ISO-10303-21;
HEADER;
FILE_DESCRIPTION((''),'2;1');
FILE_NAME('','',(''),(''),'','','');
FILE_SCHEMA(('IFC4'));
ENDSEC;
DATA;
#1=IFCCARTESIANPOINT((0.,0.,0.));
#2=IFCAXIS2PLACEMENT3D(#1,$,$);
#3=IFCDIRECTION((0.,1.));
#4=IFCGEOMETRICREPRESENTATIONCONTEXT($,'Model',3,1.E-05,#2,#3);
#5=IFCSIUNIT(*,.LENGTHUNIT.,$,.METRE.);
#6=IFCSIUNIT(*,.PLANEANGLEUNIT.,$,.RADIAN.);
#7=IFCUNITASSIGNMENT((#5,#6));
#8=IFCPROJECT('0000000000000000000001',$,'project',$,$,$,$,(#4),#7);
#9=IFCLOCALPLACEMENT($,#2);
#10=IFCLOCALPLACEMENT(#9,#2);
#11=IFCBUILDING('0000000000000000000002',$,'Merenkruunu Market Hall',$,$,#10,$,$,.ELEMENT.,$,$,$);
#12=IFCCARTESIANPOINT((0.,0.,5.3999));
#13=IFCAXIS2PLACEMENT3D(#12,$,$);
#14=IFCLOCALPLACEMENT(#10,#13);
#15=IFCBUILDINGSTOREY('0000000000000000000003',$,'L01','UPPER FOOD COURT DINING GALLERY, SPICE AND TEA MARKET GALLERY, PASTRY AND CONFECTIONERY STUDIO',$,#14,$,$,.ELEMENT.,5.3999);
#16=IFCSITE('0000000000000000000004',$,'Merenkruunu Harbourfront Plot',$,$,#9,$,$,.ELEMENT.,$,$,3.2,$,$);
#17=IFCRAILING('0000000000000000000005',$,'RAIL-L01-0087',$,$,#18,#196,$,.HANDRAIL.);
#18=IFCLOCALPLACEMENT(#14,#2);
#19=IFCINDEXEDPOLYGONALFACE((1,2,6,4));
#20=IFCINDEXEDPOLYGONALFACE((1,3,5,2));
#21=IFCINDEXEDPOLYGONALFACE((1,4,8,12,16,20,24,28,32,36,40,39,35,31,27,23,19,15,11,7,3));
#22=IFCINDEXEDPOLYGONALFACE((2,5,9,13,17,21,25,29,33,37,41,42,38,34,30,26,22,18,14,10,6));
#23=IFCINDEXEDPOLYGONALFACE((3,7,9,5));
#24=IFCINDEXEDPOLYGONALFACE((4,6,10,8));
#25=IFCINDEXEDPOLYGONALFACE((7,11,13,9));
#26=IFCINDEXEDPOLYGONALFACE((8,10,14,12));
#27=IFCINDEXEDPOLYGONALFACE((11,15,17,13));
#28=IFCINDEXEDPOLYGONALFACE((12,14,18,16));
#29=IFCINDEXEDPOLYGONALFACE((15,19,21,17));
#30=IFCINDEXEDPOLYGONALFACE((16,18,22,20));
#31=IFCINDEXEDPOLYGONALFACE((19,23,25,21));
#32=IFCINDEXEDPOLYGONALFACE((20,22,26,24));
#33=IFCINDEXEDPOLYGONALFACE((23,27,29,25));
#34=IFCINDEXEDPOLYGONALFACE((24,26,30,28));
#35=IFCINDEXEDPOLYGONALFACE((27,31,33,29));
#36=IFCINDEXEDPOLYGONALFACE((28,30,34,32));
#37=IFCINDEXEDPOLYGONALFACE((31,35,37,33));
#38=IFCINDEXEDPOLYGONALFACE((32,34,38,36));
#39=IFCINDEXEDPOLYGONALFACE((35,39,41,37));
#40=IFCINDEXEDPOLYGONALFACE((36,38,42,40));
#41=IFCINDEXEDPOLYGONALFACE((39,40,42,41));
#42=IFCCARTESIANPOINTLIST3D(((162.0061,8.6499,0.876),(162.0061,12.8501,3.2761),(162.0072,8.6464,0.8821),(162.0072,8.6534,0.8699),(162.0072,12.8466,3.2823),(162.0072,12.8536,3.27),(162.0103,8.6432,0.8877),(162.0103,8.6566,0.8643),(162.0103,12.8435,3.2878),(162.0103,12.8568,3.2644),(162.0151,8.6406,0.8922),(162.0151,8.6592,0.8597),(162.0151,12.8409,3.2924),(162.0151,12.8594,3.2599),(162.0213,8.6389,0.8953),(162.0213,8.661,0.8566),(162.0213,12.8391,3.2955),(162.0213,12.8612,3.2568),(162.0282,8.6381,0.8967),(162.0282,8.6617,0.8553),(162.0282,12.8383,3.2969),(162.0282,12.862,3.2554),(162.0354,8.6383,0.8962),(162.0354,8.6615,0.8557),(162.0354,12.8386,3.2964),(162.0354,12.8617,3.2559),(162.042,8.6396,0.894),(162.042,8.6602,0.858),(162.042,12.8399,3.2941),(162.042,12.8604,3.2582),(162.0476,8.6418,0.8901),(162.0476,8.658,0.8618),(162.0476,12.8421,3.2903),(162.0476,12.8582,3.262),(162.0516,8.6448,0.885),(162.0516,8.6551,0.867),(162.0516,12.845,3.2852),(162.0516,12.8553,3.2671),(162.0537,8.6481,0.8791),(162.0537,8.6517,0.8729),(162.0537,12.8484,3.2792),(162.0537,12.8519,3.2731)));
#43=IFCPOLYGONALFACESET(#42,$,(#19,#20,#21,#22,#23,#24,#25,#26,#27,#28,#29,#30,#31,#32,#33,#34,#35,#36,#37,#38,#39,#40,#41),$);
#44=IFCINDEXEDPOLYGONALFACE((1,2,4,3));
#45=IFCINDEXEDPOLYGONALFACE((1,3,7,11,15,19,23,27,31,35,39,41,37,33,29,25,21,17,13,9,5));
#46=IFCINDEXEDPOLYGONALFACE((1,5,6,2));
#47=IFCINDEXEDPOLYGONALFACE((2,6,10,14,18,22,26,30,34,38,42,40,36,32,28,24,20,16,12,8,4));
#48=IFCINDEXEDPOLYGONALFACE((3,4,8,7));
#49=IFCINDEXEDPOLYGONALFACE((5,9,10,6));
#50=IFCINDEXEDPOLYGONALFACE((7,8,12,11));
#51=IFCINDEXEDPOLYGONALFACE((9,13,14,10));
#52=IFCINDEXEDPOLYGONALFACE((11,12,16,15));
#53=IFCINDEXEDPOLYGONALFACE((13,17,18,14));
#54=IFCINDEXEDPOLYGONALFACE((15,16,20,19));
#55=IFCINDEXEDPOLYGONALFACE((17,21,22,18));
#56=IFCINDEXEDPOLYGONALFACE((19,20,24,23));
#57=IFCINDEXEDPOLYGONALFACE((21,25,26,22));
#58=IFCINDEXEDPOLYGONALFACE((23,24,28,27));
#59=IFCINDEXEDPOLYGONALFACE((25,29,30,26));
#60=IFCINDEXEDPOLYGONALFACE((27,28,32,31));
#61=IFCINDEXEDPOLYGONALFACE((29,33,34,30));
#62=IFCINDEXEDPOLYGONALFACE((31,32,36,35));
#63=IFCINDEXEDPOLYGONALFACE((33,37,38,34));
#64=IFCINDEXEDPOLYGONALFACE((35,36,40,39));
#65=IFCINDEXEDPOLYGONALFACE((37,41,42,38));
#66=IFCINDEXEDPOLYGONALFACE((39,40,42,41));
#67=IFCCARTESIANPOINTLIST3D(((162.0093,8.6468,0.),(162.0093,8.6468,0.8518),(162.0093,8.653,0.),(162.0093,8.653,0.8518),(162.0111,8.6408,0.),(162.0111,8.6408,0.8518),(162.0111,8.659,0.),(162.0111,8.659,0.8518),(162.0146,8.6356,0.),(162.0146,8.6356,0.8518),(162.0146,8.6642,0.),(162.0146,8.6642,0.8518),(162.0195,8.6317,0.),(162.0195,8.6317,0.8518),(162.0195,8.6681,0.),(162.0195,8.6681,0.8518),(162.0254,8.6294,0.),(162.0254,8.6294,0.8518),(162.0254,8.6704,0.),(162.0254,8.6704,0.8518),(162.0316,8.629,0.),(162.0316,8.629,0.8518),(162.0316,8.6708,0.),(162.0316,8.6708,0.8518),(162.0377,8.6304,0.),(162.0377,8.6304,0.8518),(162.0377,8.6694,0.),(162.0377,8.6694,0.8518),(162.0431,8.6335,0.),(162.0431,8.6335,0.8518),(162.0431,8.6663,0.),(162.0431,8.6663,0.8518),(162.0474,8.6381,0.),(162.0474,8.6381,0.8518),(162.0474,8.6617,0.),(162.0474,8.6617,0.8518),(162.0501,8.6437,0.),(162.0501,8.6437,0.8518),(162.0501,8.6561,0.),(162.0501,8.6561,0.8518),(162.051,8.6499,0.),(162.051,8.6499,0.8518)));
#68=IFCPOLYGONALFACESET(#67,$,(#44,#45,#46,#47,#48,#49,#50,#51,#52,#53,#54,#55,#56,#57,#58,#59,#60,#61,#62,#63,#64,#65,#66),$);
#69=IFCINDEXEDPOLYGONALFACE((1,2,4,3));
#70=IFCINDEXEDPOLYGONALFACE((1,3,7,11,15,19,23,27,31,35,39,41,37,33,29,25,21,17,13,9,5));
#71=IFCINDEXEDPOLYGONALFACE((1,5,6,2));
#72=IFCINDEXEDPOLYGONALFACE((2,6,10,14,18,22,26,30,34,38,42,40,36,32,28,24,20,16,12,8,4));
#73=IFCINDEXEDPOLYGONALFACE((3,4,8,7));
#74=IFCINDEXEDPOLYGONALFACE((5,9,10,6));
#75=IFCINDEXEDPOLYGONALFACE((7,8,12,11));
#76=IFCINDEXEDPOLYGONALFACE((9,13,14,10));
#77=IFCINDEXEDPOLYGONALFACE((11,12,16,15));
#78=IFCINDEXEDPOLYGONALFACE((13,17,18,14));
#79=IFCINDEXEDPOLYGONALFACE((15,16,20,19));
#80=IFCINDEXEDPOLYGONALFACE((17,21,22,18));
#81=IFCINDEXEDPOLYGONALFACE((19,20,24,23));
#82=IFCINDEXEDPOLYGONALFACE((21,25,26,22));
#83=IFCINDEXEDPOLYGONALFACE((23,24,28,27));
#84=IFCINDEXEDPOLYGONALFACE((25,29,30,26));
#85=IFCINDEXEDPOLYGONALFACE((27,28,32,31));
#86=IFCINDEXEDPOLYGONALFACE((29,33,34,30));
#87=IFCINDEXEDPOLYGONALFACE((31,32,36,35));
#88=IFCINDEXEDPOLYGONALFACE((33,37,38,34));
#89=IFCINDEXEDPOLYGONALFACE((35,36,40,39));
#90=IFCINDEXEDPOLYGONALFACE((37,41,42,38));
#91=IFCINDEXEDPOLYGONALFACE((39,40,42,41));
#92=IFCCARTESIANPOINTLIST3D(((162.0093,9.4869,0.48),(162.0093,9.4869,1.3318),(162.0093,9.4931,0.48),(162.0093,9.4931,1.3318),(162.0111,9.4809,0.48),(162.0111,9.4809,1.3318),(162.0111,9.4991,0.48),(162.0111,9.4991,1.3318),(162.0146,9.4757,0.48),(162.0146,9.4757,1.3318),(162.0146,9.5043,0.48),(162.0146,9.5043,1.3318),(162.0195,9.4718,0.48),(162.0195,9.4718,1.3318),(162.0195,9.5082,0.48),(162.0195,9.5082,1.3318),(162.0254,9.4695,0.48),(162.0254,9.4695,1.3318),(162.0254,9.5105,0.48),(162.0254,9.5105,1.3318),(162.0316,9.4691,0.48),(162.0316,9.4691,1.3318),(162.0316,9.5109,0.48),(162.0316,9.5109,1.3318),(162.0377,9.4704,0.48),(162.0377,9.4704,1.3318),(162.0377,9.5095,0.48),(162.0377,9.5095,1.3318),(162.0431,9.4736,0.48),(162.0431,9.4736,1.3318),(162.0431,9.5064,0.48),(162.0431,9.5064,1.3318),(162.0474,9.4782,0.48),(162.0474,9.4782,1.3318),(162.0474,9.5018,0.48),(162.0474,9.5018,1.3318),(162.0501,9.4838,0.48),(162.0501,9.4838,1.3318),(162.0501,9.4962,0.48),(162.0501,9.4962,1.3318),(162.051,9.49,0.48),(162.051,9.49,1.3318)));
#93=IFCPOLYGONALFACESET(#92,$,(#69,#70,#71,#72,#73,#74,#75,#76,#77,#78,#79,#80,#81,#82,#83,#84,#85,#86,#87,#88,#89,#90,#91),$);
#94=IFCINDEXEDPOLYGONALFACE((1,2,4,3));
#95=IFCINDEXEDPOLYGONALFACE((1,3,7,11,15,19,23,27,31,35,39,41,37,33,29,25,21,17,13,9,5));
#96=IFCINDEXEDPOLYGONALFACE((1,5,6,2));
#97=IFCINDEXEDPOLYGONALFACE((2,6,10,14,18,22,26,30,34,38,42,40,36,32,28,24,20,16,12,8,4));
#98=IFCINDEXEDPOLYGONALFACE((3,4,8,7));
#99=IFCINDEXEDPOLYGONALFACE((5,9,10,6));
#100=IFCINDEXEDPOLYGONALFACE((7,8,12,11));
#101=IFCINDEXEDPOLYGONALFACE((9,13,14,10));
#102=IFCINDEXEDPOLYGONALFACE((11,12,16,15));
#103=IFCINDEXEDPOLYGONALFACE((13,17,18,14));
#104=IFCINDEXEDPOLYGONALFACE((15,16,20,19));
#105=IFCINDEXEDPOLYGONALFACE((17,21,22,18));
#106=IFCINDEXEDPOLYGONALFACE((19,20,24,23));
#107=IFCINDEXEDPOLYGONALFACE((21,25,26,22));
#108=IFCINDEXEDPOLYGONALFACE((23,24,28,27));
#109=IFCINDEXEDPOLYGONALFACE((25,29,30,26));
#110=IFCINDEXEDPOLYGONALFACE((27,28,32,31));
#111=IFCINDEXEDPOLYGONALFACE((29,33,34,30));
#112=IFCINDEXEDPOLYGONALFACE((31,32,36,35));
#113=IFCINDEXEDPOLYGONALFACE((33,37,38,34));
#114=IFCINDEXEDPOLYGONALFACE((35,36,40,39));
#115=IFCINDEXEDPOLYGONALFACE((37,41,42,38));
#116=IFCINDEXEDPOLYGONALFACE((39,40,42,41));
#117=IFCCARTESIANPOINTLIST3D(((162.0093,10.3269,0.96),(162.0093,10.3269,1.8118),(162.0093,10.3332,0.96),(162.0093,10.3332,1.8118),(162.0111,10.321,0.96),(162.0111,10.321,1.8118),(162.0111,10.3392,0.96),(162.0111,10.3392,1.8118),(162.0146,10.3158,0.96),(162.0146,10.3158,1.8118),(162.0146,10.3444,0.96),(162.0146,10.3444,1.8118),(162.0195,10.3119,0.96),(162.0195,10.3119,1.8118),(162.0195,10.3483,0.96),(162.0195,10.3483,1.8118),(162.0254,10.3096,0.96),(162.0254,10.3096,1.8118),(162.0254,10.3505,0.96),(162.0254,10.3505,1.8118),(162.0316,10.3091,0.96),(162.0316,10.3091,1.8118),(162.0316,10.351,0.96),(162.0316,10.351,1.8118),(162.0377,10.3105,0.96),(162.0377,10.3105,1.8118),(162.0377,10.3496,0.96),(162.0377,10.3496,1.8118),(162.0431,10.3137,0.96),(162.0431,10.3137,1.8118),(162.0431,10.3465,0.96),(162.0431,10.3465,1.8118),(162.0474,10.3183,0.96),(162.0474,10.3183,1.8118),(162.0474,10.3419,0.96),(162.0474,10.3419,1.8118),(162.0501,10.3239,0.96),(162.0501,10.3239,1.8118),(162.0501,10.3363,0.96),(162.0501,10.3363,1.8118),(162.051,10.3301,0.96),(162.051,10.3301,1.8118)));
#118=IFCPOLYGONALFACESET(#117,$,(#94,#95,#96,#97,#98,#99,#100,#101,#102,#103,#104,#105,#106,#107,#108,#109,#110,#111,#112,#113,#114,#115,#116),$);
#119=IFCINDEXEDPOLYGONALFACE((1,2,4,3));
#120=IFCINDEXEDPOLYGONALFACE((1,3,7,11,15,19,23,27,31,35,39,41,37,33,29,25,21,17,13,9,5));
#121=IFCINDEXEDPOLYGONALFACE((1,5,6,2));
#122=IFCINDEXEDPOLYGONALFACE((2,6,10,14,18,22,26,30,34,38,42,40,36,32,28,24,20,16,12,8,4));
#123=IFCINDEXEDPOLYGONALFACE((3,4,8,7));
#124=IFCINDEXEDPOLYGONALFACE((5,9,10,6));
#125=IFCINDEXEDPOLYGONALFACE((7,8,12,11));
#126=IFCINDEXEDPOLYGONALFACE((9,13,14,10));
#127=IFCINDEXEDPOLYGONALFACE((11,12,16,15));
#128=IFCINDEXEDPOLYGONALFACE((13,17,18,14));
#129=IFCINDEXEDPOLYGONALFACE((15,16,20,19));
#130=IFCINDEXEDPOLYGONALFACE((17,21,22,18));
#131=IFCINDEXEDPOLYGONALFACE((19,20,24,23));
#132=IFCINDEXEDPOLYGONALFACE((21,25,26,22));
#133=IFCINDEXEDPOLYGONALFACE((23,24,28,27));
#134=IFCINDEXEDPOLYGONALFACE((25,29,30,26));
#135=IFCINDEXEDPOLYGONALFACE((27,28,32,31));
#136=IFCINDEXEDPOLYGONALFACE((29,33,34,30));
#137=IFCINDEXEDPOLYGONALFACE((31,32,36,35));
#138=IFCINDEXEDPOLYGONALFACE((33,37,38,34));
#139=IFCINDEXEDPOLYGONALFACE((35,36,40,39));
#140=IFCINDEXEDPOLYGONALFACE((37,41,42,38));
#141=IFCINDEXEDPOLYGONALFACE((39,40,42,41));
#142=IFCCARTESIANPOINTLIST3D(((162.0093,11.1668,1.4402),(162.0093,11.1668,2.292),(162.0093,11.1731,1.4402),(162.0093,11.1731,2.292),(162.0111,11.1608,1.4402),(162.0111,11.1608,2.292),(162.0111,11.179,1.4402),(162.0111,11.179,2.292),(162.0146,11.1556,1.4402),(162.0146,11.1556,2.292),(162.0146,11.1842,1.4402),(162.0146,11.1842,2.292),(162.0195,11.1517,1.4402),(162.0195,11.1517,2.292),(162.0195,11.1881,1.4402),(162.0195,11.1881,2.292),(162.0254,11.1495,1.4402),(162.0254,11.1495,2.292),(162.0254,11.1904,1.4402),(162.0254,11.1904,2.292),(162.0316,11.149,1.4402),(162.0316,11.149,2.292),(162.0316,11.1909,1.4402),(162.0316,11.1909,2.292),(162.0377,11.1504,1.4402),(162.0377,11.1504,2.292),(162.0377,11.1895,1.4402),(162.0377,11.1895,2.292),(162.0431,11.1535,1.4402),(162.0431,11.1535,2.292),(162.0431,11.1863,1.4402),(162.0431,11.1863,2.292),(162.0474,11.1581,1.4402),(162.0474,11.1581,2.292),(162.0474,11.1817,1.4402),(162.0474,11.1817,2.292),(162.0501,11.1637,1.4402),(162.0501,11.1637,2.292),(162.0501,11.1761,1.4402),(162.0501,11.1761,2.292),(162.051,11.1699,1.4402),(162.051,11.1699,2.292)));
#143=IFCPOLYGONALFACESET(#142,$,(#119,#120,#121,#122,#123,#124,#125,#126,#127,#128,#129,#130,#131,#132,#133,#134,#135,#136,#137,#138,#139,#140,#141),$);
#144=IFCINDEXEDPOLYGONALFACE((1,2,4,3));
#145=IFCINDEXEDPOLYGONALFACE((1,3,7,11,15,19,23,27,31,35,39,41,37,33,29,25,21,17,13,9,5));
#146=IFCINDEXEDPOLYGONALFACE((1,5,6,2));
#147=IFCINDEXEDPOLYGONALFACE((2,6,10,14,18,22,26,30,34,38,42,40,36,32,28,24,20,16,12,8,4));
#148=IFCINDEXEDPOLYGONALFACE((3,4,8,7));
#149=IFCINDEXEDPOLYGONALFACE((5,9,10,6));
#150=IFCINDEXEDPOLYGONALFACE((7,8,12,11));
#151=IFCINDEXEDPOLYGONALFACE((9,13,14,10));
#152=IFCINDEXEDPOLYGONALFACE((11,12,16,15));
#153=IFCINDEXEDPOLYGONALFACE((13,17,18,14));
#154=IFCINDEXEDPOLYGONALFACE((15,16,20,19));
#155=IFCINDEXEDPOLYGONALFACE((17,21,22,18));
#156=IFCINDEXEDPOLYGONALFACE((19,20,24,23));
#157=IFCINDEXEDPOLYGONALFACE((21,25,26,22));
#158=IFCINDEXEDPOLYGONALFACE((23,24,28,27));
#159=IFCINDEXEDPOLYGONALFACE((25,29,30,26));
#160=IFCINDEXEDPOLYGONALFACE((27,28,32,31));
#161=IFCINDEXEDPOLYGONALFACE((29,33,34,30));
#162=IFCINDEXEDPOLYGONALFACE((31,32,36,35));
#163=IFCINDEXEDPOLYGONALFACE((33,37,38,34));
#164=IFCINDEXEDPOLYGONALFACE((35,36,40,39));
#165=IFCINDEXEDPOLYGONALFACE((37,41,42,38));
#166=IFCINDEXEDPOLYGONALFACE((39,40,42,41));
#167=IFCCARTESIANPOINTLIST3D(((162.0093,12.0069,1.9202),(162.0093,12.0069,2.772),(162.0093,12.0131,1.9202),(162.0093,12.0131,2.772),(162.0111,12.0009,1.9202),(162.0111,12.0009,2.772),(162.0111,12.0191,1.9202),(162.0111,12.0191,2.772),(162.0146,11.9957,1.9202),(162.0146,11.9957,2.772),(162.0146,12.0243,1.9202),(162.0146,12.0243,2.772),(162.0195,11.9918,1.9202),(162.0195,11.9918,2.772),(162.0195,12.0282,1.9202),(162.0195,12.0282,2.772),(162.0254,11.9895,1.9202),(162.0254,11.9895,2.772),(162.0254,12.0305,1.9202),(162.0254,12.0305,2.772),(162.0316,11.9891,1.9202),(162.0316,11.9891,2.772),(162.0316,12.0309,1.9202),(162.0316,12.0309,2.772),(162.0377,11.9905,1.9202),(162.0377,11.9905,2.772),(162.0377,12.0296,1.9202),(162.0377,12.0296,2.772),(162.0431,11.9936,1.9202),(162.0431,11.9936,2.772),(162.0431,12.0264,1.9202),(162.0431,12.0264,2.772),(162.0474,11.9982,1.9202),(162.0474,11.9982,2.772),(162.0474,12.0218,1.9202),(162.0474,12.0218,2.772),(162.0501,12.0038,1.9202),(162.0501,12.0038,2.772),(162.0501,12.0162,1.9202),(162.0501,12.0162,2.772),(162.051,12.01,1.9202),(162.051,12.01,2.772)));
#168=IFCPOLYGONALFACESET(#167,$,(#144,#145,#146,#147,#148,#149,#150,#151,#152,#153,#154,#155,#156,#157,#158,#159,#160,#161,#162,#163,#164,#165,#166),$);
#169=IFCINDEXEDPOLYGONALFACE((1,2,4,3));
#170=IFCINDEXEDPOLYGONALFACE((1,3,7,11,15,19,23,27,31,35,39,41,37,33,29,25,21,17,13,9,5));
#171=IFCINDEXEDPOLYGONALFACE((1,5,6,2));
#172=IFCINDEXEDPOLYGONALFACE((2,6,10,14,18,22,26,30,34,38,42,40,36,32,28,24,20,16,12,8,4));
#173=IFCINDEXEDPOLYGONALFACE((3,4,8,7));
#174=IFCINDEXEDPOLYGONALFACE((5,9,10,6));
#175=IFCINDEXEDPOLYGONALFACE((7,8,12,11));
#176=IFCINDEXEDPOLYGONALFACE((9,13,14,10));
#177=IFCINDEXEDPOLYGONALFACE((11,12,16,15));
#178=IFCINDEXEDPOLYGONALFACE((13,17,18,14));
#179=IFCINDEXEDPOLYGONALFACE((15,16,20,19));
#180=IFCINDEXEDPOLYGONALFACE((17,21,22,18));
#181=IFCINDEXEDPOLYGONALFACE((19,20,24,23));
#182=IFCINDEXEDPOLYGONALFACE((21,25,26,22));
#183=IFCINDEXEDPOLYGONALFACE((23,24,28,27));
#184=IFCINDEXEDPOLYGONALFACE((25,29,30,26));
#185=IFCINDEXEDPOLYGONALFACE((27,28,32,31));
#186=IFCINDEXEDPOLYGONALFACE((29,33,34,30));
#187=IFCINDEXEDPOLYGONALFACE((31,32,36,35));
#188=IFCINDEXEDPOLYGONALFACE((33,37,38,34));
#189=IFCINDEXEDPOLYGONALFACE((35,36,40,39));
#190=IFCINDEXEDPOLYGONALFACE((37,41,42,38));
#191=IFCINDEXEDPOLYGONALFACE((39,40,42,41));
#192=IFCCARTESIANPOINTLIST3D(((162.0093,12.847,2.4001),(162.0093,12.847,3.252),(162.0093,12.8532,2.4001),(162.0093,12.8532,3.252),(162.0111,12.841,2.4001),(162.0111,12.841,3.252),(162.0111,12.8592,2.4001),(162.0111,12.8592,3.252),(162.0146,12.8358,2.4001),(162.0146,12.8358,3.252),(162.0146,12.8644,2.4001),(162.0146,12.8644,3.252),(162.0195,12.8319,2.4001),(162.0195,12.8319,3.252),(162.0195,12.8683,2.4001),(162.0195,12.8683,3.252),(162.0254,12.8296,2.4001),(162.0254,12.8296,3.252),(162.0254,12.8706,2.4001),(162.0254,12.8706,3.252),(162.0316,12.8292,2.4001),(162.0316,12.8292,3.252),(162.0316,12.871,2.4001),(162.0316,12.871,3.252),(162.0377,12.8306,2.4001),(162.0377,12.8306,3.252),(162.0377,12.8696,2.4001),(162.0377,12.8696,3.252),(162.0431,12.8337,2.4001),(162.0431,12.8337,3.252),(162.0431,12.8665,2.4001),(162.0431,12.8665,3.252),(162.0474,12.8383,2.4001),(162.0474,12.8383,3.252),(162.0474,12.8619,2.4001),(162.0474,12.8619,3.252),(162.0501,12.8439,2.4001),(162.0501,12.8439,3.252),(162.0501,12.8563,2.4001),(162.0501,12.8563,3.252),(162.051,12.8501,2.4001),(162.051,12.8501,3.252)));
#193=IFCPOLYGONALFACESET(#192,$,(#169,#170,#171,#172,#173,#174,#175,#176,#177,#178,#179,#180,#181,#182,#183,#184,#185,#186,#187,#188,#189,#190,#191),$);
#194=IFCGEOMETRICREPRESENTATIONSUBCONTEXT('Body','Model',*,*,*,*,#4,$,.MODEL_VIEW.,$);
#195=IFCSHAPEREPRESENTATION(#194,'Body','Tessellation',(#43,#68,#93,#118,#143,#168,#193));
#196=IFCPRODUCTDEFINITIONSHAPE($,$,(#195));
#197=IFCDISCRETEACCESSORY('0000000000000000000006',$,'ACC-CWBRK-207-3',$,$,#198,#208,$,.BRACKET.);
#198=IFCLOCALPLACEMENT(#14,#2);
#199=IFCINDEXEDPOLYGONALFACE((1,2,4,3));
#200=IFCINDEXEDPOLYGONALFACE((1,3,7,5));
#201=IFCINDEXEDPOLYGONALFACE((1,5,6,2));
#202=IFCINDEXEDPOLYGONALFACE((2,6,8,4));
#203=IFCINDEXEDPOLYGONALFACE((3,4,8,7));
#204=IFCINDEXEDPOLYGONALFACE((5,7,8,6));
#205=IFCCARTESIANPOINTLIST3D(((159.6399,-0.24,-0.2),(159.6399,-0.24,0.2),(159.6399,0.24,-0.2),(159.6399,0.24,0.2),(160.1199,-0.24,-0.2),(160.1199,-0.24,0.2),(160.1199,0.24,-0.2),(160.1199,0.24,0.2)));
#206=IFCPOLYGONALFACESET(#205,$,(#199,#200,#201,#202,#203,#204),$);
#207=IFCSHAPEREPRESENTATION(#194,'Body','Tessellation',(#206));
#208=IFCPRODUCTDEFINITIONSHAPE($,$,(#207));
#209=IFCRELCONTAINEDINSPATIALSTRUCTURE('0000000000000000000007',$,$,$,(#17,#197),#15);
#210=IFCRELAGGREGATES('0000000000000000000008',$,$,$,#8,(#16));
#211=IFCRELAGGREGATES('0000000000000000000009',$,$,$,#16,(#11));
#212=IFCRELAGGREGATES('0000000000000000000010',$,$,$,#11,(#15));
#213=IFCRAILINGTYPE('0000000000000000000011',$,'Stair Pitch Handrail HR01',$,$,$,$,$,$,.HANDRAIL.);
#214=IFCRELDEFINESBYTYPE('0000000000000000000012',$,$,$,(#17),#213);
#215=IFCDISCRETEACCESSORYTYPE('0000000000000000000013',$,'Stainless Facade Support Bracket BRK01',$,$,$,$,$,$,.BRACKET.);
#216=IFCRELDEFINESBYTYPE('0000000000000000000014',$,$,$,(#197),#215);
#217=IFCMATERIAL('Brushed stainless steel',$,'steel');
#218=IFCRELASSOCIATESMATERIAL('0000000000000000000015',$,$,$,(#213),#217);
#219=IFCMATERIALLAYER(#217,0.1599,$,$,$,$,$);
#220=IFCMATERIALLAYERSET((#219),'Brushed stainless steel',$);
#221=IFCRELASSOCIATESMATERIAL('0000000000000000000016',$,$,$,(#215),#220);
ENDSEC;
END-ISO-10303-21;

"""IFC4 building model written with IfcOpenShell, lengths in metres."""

from ifc_helpers import new_model, si_unit, direction, frame, origin, origin_2d, place, context, subcontext, project, spatial, rectangle, circle, extrude, material, layer, layer_set, type_object, element, save


model = new_model("IFC4")

# Units and contexts
model_context = context("Model", 3, precision=1e-05, world=origin(), true_north=direction((0.0, 1.0)))
body_context = subcontext(model_context, "Body", "Model", "MODEL_VIEW")
ifc_project = project(units=[si_unit("LENGTHUNIT", "METRE"), si_unit("PLANEANGLEUNIT", "RADIAN")], contexts=[model_context])

# Site, building, storey
site_placement = place(None, origin())
site = spatial("IfcSite", under=ifc_project, at=site_placement, Name="Merenkruunu Harbourfront Plot", CompositionType="ELEMENT", RefElevation=3.2)
building_placement = place(site_placement, origin())
building = spatial("IfcBuilding", under=site, at=building_placement, Name="Merenkruunu Market Hall", CompositionType="ELEMENT")
storey_placement = place(building_placement, frame((0.0, 0.0, 5.3999)))
storey = spatial("IfcBuildingStorey", under=building, at=storey_placement, Name="L01", Description="UPPER FOOD COURT DINING GALLERY, SPICE AND TEA MARKET GALLERY, PASTRY AND CONFECTIONERY STUDIO", CompositionType="ELEMENT", Elevation=5.3999)

# Railing
ifc_material_1 = material(Name="Brushed stainless steel", Category="steel")
railing_type_1 = type_object("IfcRailingType", Name="Stair Pitch Handrail HR01", PredefinedType="HANDRAIL", material=ifc_material_1)
railing_1_placement = place(storey_placement, frame((162.03, 8.6499, 0.0)))
element("IfcRailing", 1, at=railing_1_placement, inside=storey, type_object=railing_type_1, Name="RAIL-L01-0087", PredefinedType="HANDRAIL", context=body_context, shape_type="SweptSolid", body=[
    extrude(circle(Radius=0.0239, at=origin_2d()), frame((0.0, 0.0, 0.876), z_axis=(0.0, 0.86824, 0.496144), x_axis=(-1.0, 0.0, 0.0)), (0.0, 0.0, 1.0), 4.8376),
    extrude(circle(Radius=0.021, at=origin_2d()), origin(), (0.0, 0.0, 1.0), 0.8518),
    extrude(circle(Radius=0.021, at=origin_2d()), frame((0.0, 0.8401, 0.48)), (0.0, 0.0, 1.0), 0.8518),
    extrude(circle(Radius=0.021, at=origin_2d()), frame((0.0, 1.6802, 0.96)), (0.0, 0.0, 1.0), 0.8518),
    extrude(circle(Radius=0.021, at=origin_2d()), frame((0.0, 2.52, 1.4402)), (0.0, 0.0, 1.0), 0.8518),
    extrude(circle(Radius=0.021, at=origin_2d()), frame((0.0, 3.3601, 1.9202)), (0.0, 0.0, 1.0), 0.8518),
    extrude(circle(Radius=0.021, at=origin_2d()), frame((0.0, 4.2002, 2.4001)), (0.0, 0.0, 1.0), 0.8518),
])

# Discrete accessory
ifc_layer_1 = layer(ifc_material_1, 0.1599)
ifc_layer_set_1 = layer_set([ifc_layer_1], Name="Brushed stainless steel")
discrete_accessory_type = type_object("IfcDiscreteAccessoryType", Name="Stainless Facade Support Bracket BRK01", PredefinedType="BRACKET", material=ifc_layer_set_1)
discrete_accessory_placement = place(storey_placement, frame((159.8799, 0.0, -0.2), z_axis=(0.0, 0.0, 1.0), x_axis=(1.0, 0.0, 0.0)))
element("IfcDiscreteAccessory", 2, at=discrete_accessory_placement, inside=storey, type_object=discrete_accessory_type, Name="ACC-CWBRK-207-3", PredefinedType="BRACKET", context=body_context, shape_type="SweptSolid", body=[
    extrude(rectangle(XDim=0.48, YDim=0.48, at=origin_2d()), origin(), (0.0, 0.0, 1.0), 0.3999),
])

save(model, "model.ifc")
